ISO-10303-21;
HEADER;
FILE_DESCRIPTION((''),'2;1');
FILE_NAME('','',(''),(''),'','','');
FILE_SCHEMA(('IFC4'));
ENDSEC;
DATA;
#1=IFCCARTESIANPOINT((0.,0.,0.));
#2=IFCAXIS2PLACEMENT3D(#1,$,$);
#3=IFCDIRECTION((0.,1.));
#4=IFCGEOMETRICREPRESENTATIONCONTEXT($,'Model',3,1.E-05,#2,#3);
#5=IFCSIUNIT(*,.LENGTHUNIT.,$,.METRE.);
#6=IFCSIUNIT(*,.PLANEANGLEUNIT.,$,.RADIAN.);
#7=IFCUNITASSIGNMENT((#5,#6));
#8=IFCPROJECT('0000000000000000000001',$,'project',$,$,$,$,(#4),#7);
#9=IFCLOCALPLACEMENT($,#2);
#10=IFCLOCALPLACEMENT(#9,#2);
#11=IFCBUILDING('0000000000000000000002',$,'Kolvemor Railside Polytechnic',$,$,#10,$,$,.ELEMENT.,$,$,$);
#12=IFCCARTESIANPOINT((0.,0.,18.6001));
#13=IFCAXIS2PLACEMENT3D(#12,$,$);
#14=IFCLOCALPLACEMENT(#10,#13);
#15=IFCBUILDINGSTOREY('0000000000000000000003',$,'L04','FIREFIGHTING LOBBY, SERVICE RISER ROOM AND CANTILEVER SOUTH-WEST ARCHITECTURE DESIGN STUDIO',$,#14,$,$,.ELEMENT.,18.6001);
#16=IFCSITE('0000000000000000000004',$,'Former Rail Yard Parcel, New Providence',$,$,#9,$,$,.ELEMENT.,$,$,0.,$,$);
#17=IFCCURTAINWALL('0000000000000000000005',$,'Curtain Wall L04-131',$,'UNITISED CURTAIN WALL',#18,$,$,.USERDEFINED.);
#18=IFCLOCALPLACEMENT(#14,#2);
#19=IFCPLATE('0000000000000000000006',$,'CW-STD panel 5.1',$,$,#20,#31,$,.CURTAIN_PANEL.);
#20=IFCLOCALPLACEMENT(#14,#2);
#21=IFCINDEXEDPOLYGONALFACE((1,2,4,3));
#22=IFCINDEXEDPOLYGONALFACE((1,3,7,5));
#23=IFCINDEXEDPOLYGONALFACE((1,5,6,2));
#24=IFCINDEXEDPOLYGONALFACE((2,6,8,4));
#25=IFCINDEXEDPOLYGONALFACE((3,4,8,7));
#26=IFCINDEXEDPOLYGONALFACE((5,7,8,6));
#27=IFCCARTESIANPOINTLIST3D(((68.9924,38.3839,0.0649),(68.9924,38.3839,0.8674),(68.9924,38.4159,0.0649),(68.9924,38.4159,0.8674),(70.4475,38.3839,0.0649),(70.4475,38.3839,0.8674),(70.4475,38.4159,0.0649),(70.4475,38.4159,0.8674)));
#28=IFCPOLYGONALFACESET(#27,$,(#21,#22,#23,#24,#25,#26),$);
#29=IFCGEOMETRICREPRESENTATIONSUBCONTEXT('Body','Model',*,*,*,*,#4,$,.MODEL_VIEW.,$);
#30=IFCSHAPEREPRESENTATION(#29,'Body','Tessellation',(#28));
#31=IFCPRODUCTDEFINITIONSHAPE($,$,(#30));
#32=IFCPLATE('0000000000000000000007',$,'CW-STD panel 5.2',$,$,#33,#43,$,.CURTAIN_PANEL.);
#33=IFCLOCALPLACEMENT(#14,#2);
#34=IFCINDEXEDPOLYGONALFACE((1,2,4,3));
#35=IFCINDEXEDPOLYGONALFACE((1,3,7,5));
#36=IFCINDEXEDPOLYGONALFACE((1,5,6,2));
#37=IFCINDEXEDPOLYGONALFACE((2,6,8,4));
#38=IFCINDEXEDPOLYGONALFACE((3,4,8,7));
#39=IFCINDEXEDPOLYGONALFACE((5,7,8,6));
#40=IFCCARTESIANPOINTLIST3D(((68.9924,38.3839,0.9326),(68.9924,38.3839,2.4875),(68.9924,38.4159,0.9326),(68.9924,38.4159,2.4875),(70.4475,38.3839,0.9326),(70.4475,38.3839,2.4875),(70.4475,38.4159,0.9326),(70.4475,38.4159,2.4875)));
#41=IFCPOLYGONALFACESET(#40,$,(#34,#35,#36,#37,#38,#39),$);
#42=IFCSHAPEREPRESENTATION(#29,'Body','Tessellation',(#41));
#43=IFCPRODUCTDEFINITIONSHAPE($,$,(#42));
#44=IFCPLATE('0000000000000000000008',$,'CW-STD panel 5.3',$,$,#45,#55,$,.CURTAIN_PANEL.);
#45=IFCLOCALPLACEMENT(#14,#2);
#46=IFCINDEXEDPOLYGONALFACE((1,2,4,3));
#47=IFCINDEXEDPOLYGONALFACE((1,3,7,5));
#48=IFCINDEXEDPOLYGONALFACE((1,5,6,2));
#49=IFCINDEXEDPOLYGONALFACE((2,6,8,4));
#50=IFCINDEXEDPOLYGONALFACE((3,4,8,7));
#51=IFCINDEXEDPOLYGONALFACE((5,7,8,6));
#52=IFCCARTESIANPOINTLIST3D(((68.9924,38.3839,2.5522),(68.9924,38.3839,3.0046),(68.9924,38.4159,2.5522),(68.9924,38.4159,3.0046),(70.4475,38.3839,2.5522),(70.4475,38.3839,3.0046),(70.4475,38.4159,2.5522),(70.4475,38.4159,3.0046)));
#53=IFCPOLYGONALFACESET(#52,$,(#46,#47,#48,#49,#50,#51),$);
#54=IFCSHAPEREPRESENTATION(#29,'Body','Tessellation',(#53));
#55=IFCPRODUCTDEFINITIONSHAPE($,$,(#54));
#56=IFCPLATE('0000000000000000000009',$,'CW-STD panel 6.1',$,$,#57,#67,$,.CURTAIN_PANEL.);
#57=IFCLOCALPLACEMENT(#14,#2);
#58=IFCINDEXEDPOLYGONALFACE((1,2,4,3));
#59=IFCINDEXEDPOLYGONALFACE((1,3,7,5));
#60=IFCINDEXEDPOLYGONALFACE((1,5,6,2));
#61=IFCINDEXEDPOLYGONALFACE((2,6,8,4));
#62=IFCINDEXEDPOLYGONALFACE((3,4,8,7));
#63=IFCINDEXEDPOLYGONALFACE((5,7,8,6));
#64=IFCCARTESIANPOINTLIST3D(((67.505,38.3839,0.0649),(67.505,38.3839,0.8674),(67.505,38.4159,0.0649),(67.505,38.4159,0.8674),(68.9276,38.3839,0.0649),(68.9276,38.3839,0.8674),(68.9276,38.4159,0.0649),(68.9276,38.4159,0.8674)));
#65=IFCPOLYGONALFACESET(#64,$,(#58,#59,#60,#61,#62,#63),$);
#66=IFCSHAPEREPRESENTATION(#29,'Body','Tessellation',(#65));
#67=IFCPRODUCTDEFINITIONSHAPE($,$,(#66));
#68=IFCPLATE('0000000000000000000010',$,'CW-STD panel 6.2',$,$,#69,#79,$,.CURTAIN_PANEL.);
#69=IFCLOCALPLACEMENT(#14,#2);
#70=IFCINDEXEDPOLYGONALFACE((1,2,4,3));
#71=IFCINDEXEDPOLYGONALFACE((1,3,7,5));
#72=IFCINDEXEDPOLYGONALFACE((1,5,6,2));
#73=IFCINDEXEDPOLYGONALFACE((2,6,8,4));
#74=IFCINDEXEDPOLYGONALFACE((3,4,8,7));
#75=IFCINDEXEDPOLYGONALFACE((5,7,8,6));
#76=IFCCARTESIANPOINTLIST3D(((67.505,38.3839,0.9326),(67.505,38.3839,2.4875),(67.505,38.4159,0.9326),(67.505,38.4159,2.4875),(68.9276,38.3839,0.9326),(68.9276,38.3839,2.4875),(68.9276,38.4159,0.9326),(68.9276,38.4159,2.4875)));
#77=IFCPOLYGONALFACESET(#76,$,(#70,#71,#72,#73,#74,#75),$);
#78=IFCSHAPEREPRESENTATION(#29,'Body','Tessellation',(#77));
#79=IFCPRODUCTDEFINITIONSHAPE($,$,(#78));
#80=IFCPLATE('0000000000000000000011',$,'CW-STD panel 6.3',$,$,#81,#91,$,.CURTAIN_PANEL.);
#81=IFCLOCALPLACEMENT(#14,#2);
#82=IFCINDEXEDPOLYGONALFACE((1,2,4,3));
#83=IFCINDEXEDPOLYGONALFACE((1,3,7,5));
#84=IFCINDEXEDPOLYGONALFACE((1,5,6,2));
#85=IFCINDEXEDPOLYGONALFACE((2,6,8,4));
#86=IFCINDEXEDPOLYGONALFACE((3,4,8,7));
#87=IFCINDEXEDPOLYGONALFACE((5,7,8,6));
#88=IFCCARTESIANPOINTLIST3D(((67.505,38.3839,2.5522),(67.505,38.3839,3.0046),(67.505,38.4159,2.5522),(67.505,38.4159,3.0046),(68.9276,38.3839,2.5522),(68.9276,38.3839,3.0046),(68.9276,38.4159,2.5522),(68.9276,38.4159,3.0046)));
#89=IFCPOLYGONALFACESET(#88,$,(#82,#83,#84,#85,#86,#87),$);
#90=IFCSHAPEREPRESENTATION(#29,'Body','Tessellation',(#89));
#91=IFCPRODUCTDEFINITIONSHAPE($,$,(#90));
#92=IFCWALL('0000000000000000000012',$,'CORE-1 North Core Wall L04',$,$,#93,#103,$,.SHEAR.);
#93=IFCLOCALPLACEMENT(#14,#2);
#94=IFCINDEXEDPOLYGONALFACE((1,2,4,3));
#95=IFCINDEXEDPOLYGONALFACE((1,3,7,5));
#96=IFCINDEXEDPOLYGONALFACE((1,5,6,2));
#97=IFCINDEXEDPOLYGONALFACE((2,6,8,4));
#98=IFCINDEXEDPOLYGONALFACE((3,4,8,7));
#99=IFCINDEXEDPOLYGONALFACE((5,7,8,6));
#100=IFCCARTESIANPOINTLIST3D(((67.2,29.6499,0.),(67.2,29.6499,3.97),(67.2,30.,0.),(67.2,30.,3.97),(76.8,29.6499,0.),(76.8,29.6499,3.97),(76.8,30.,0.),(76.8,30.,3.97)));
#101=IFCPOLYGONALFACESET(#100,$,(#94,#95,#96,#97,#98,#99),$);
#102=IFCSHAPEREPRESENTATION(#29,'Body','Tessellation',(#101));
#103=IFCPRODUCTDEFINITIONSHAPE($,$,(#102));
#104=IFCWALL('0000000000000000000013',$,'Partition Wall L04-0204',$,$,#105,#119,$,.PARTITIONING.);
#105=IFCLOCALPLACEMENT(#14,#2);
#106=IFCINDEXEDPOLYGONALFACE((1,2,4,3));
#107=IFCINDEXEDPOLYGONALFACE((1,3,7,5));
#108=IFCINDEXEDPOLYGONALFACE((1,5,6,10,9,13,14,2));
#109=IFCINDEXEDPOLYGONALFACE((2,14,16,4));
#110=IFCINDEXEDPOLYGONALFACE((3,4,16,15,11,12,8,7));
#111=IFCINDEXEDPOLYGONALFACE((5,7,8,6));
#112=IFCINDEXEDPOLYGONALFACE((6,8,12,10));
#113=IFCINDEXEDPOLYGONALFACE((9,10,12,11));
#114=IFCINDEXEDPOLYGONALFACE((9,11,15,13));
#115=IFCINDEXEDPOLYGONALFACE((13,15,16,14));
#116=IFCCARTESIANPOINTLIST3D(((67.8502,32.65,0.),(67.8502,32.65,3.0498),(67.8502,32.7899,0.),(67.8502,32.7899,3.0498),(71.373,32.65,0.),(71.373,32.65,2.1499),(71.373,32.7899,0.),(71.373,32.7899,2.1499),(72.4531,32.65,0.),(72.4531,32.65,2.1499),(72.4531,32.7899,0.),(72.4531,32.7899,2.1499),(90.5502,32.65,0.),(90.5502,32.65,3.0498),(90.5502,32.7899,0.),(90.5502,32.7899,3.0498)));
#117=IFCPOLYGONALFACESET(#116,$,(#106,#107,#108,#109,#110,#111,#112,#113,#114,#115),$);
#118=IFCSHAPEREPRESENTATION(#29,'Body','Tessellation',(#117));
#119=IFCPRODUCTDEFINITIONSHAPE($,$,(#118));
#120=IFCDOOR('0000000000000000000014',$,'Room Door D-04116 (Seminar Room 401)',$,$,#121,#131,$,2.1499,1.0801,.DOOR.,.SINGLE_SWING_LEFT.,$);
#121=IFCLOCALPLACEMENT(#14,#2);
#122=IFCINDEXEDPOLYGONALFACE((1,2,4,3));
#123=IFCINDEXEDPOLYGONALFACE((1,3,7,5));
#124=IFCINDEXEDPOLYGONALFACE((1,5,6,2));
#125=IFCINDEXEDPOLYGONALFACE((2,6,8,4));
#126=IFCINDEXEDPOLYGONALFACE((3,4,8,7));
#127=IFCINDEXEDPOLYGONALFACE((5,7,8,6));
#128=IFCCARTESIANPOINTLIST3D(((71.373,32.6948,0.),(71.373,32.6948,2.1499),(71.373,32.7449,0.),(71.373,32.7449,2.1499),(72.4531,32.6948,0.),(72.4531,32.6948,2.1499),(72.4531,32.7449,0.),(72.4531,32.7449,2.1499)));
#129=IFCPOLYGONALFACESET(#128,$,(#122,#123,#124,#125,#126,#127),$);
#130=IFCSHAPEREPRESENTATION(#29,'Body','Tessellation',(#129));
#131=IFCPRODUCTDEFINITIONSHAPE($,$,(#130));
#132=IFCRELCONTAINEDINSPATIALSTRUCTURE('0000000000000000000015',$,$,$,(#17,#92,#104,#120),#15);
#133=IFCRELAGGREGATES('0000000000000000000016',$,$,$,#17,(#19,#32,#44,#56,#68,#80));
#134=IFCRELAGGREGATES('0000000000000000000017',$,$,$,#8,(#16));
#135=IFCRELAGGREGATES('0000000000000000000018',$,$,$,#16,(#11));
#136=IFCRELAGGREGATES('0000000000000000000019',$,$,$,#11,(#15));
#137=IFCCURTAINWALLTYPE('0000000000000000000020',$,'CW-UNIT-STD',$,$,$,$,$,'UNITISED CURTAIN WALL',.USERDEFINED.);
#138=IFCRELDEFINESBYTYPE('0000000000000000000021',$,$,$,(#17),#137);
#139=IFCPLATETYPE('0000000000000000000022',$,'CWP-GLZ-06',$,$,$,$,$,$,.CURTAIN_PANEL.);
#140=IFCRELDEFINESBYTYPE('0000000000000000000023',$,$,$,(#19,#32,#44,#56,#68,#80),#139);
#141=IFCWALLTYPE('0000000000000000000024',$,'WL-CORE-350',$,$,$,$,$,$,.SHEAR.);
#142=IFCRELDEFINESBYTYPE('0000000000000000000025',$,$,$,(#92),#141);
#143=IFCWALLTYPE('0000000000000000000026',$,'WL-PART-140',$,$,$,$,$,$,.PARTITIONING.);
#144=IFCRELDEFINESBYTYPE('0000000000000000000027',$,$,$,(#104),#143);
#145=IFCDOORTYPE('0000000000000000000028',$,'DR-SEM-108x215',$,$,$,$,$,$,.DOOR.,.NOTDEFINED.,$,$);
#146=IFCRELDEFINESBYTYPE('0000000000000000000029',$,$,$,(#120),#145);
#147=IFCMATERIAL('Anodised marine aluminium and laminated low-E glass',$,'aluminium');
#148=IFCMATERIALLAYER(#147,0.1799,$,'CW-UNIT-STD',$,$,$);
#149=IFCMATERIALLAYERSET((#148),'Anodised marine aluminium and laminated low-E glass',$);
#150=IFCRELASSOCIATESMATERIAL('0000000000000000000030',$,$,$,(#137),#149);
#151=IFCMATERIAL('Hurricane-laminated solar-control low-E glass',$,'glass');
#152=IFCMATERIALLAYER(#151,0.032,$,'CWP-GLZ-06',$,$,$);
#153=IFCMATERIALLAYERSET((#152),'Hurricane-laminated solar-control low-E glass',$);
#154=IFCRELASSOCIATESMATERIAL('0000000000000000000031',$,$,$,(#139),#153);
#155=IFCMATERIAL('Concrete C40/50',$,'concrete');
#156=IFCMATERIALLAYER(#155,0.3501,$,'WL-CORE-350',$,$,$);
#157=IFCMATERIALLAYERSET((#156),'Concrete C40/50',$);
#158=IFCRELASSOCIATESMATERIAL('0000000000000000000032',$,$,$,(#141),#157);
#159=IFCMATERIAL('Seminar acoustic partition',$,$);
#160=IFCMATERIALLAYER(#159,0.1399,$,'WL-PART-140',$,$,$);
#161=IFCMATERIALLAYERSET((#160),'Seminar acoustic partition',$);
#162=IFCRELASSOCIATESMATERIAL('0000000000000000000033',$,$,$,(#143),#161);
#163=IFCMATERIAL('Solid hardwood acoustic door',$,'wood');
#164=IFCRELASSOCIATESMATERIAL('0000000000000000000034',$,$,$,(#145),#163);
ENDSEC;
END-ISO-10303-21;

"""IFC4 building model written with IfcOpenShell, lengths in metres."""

from ifc_helpers import new_model, si_unit, direction, frame, frame_2d, origin, origin_2d, place, context, subcontext, project, spatial, rectangle, extrude, material, layer, layer_set, type_object, element, fill, aggregate, save


model = new_model("IFC4")

# Units and contexts
model_context = context("Model", 3, precision=1e-05, world=origin(), true_north=direction((0.0, 1.0)))
body_context = subcontext(model_context, "Body", "Model", "MODEL_VIEW")
ifc_project = project(units=[si_unit("LENGTHUNIT", "METRE"), si_unit("PLANEANGLEUNIT", "RADIAN")], contexts=[model_context])

# Site, building, storey
site_placement = place(None, origin())
site = spatial("IfcSite", under=ifc_project, at=site_placement, Name="Former Rail Yard Parcel, New Providence", CompositionType="ELEMENT", RefElevation=0.0)
building_placement = place(site_placement, origin())
building = spatial("IfcBuilding", under=site, at=building_placement, Name="Kolvemor Railside Polytechnic", CompositionType="ELEMENT")
storey_placement = place(building_placement, frame((0.0, 0.0, 18.6001)))
storey = spatial("IfcBuildingStorey", under=building, at=storey_placement, Name="L04", Description="FIREFIGHTING LOBBY, SERVICE RISER ROOM AND CANTILEVER SOUTH-WEST ARCHITECTURE DESIGN STUDIO", CompositionType="ELEMENT", Elevation=18.6001)

# Curtain wall, plates
ifc_material_1 = material(Name="Anodised marine aluminium and laminated low-E glass", Category="aluminium")
ifc_layer_1 = layer(ifc_material_1, 0.1799, Name="CW-UNIT-STD")
ifc_layer_set_1 = layer_set([ifc_layer_1], Name="Anodised marine aluminium and laminated low-E glass")
curtain_wall_type = type_object("IfcCurtainWallType", Name="CW-UNIT-STD", ElementType="UNITISED CURTAIN WALL", PredefinedType="USERDEFINED", material=ifc_layer_set_1)
curtain_wall_placement = place(storey_placement, origin())
curtain_wall = element("IfcCurtainWall", 1, at=curtain_wall_placement, inside=storey, type_object=curtain_wall_type, Name="Curtain Wall L04-131", ObjectType="UNITISED CURTAIN WALL", PredefinedType="USERDEFINED")
ifc_material_2 = material(Name="Hurricane-laminated solar-control low-E glass", Category="glass")
ifc_layer_2 = layer(ifc_material_2, 0.032, Name="CWP-GLZ-06")
ifc_layer_set_2 = layer_set([ifc_layer_2], Name="Hurricane-laminated solar-control low-E glass")
plate_type = type_object("IfcPlateType", Name="CWP-GLZ-06", PredefinedType="CURTAIN_PANEL", material=ifc_layer_set_2)
plate_1_placement = place(storey_placement, frame((69.72, 38.3999, 0.0649), z_axis=(0.0, 0.0, 1.0), x_axis=(-1.0, 0.0, 0.0)))
plate_1 = element("IfcPlate", 2, at=plate_1_placement, type_object=plate_type, Name="CW-STD panel 5.1", PredefinedType="CURTAIN_PANEL", context=body_context, shape_type="SweptSolid", body=[
    extrude(rectangle(XDim=1.4551, YDim=0.032, at=origin_2d()), origin(), (0.0, 0.0, 1.0), 0.8025),
])
plate_2_placement = place(storey_placement, frame((69.72, 38.3999, 0.9326), z_axis=(0.0, 0.0, 1.0), x_axis=(-1.0, 0.0, 0.0)))
plate_2 = element("IfcPlate", 3, at=plate_2_placement, type_object=plate_type, Name="CW-STD panel 5.2", PredefinedType="CURTAIN_PANEL", context=body_context, shape_type="SweptSolid", body=[
    extrude(rectangle(XDim=1.4551, YDim=0.032, at=origin_2d()), origin(), (0.0, 0.0, 1.0), 1.5549),
])
plate_3_placement = place(storey_placement, frame((69.72, 38.3999, 2.5522), z_axis=(0.0, 0.0, 1.0), x_axis=(-1.0, 0.0, 0.0)))
plate_3 = element("IfcPlate", 4, at=plate_3_placement, type_object=plate_type, Name="CW-STD panel 5.3", PredefinedType="CURTAIN_PANEL", context=body_context, shape_type="SweptSolid", body=[
    extrude(rectangle(XDim=1.4551, YDim=0.032, at=origin_2d()), origin(), (0.0, 0.0, 1.0), 0.4524),
])
plate_4_placement = place(storey_placement, frame((68.2163, 38.3999, 0.0649), z_axis=(0.0, 0.0, 1.0), x_axis=(-1.0, 0.0, 0.0)))
plate_4 = element("IfcPlate", 5, at=plate_4_placement, type_object=plate_type, Name="CW-STD panel 6.1", PredefinedType="CURTAIN_PANEL", context=body_context, shape_type="SweptSolid", body=[
    extrude(rectangle(XDim=1.4226, YDim=0.032, at=origin_2d()), origin(), (0.0, 0.0, 1.0), 0.8025),
])
plate_5_placement = place(storey_placement, frame((68.2163, 38.3999, 0.9326), z_axis=(0.0, 0.0, 1.0), x_axis=(-1.0, 0.0, 0.0)))
plate_5 = element("IfcPlate", 6, at=plate_5_placement, type_object=plate_type, Name="CW-STD panel 6.2", PredefinedType="CURTAIN_PANEL", context=body_context, shape_type="SweptSolid", body=[
    extrude(rectangle(XDim=1.4226, YDim=0.032, at=origin_2d()), origin(), (0.0, 0.0, 1.0), 1.5549),
])
plate_6_placement = place(storey_placement, frame((68.2163, 38.3999, 2.5522), z_axis=(0.0, 0.0, 1.0), x_axis=(-1.0, 0.0, 0.0)))
plate_6 = element("IfcPlate", 7, at=plate_6_placement, type_object=plate_type, Name="CW-STD panel 6.3", PredefinedType="CURTAIN_PANEL", context=body_context, shape_type="SweptSolid", body=[
    extrude(rectangle(XDim=1.4226, YDim=0.032, at=origin_2d()), origin(), (0.0, 0.0, 1.0), 0.4524),
])
aggregate(curtain_wall, [plate_1, plate_2, plate_3, plate_4, plate_5, plate_6])

# Wall
ifc_material_3 = material(Name="Concrete C40/50", Category="concrete")
ifc_layer_3 = layer(ifc_material_3, 0.3501, Name="WL-CORE-350")
ifc_layer_set_3 = layer_set([ifc_layer_3], Name="Concrete C40/50")
wall_type_1 = type_object("IfcWallType", Name="WL-CORE-350", PredefinedType="SHEAR", material=ifc_layer_set_3)
wall_1_placement = place(storey_placement, frame((67.2, 29.825, 0.0), z_axis=(0.0, 0.0, 1.0), x_axis=(1.0, 0.0, 0.0)))
element("IfcWall", 8, at=wall_1_placement, inside=storey, type_object=wall_type_1, Name="CORE-1 North Core Wall L04", PredefinedType="SHEAR", context=body_context, shape_type="SweptSolid", body=[
    extrude(rectangle(XDim=9.6001, YDim=0.3501, at=frame_2d((4.8, 0.0))), origin(), (0.0, 0.0, 1.0), 3.97),
])

# Wall, opening, door
ifc_material_4 = material(Name="Seminar acoustic partition")
ifc_layer_4 = layer(ifc_material_4, 0.1399, Name="WL-PART-140")
ifc_layer_set_4 = layer_set([ifc_layer_4], Name="Seminar acoustic partition")
wall_type_2 = type_object("IfcWallType", Name="WL-PART-140", PredefinedType="PARTITIONING", material=ifc_layer_set_4)
wall_2_placement = place(storey_placement, frame((67.8501, 32.72, 0.0), z_axis=(0.0, 0.0, 1.0), x_axis=(1.0, 0.0, 0.0)))
wall_2 = element("IfcWall", 9, at=wall_2_placement, inside=storey, type_object=wall_type_2, Name="Partition Wall L04-0204", PredefinedType="PARTITIONING", context=body_context, shape_type="SweptSolid", body=[
    extrude(rectangle(XDim=22.7, YDim=0.1399, at=frame_2d((11.3501, 0.0))), origin(), (0.0, 0.0, 1.0), 3.0498),
])
opening_1_placement = place(wall_2_placement, frame((3.5229, 0.0, 0.0)))
opening_1 = element("IfcOpeningElement", 10, at=opening_1_placement, cuts=wall_2, PredefinedType="OPENING", context=body_context, shape_type="SweptSolid", body=[
    extrude(rectangle(XDim=1.0801, YDim=2.1499, at=frame_2d((0.54, 1.075))), frame((0.0, 0.0798, 0.0), z_axis=(0.0, -1.0, 0.0), x_axis=(1.0, 0.0, 0.0)), (0.0, 0.0, 1.0), 0.1599),
])
ifc_material_5 = material(Name="Solid hardwood acoustic door", Category="wood")
door_type_1 = type_object("IfcDoorType", Name="DR-SEM-108x215", OperationType="NOTDEFINED", PredefinedType="DOOR", material=ifc_material_5)
door_1_placement = place(opening_1_placement, origin())
door_1 = element("IfcDoor", 11, at=door_1_placement, inside=storey, type_object=door_type_1, Name="Room Door D-04116 (Seminar Room 401)", OperationType="SINGLE_SWING_LEFT", OverallHeight=2.1499, OverallWidth=1.0801, PredefinedType="DOOR", context=body_context, shape_type="SweptSolid", body=[
    extrude(rectangle(XDim=1.0801, YDim=2.1499, at=frame_2d((0.54, 1.075))), frame((0.0, 0.0249, 0.0), z_axis=(0.0, -1.0, 0.0), x_axis=(1.0, 0.0, 0.0)), (0.0, 0.0, 1.0), 0.05),
])
fill(opening_1, door_1)

save(model, "model.ifc")
